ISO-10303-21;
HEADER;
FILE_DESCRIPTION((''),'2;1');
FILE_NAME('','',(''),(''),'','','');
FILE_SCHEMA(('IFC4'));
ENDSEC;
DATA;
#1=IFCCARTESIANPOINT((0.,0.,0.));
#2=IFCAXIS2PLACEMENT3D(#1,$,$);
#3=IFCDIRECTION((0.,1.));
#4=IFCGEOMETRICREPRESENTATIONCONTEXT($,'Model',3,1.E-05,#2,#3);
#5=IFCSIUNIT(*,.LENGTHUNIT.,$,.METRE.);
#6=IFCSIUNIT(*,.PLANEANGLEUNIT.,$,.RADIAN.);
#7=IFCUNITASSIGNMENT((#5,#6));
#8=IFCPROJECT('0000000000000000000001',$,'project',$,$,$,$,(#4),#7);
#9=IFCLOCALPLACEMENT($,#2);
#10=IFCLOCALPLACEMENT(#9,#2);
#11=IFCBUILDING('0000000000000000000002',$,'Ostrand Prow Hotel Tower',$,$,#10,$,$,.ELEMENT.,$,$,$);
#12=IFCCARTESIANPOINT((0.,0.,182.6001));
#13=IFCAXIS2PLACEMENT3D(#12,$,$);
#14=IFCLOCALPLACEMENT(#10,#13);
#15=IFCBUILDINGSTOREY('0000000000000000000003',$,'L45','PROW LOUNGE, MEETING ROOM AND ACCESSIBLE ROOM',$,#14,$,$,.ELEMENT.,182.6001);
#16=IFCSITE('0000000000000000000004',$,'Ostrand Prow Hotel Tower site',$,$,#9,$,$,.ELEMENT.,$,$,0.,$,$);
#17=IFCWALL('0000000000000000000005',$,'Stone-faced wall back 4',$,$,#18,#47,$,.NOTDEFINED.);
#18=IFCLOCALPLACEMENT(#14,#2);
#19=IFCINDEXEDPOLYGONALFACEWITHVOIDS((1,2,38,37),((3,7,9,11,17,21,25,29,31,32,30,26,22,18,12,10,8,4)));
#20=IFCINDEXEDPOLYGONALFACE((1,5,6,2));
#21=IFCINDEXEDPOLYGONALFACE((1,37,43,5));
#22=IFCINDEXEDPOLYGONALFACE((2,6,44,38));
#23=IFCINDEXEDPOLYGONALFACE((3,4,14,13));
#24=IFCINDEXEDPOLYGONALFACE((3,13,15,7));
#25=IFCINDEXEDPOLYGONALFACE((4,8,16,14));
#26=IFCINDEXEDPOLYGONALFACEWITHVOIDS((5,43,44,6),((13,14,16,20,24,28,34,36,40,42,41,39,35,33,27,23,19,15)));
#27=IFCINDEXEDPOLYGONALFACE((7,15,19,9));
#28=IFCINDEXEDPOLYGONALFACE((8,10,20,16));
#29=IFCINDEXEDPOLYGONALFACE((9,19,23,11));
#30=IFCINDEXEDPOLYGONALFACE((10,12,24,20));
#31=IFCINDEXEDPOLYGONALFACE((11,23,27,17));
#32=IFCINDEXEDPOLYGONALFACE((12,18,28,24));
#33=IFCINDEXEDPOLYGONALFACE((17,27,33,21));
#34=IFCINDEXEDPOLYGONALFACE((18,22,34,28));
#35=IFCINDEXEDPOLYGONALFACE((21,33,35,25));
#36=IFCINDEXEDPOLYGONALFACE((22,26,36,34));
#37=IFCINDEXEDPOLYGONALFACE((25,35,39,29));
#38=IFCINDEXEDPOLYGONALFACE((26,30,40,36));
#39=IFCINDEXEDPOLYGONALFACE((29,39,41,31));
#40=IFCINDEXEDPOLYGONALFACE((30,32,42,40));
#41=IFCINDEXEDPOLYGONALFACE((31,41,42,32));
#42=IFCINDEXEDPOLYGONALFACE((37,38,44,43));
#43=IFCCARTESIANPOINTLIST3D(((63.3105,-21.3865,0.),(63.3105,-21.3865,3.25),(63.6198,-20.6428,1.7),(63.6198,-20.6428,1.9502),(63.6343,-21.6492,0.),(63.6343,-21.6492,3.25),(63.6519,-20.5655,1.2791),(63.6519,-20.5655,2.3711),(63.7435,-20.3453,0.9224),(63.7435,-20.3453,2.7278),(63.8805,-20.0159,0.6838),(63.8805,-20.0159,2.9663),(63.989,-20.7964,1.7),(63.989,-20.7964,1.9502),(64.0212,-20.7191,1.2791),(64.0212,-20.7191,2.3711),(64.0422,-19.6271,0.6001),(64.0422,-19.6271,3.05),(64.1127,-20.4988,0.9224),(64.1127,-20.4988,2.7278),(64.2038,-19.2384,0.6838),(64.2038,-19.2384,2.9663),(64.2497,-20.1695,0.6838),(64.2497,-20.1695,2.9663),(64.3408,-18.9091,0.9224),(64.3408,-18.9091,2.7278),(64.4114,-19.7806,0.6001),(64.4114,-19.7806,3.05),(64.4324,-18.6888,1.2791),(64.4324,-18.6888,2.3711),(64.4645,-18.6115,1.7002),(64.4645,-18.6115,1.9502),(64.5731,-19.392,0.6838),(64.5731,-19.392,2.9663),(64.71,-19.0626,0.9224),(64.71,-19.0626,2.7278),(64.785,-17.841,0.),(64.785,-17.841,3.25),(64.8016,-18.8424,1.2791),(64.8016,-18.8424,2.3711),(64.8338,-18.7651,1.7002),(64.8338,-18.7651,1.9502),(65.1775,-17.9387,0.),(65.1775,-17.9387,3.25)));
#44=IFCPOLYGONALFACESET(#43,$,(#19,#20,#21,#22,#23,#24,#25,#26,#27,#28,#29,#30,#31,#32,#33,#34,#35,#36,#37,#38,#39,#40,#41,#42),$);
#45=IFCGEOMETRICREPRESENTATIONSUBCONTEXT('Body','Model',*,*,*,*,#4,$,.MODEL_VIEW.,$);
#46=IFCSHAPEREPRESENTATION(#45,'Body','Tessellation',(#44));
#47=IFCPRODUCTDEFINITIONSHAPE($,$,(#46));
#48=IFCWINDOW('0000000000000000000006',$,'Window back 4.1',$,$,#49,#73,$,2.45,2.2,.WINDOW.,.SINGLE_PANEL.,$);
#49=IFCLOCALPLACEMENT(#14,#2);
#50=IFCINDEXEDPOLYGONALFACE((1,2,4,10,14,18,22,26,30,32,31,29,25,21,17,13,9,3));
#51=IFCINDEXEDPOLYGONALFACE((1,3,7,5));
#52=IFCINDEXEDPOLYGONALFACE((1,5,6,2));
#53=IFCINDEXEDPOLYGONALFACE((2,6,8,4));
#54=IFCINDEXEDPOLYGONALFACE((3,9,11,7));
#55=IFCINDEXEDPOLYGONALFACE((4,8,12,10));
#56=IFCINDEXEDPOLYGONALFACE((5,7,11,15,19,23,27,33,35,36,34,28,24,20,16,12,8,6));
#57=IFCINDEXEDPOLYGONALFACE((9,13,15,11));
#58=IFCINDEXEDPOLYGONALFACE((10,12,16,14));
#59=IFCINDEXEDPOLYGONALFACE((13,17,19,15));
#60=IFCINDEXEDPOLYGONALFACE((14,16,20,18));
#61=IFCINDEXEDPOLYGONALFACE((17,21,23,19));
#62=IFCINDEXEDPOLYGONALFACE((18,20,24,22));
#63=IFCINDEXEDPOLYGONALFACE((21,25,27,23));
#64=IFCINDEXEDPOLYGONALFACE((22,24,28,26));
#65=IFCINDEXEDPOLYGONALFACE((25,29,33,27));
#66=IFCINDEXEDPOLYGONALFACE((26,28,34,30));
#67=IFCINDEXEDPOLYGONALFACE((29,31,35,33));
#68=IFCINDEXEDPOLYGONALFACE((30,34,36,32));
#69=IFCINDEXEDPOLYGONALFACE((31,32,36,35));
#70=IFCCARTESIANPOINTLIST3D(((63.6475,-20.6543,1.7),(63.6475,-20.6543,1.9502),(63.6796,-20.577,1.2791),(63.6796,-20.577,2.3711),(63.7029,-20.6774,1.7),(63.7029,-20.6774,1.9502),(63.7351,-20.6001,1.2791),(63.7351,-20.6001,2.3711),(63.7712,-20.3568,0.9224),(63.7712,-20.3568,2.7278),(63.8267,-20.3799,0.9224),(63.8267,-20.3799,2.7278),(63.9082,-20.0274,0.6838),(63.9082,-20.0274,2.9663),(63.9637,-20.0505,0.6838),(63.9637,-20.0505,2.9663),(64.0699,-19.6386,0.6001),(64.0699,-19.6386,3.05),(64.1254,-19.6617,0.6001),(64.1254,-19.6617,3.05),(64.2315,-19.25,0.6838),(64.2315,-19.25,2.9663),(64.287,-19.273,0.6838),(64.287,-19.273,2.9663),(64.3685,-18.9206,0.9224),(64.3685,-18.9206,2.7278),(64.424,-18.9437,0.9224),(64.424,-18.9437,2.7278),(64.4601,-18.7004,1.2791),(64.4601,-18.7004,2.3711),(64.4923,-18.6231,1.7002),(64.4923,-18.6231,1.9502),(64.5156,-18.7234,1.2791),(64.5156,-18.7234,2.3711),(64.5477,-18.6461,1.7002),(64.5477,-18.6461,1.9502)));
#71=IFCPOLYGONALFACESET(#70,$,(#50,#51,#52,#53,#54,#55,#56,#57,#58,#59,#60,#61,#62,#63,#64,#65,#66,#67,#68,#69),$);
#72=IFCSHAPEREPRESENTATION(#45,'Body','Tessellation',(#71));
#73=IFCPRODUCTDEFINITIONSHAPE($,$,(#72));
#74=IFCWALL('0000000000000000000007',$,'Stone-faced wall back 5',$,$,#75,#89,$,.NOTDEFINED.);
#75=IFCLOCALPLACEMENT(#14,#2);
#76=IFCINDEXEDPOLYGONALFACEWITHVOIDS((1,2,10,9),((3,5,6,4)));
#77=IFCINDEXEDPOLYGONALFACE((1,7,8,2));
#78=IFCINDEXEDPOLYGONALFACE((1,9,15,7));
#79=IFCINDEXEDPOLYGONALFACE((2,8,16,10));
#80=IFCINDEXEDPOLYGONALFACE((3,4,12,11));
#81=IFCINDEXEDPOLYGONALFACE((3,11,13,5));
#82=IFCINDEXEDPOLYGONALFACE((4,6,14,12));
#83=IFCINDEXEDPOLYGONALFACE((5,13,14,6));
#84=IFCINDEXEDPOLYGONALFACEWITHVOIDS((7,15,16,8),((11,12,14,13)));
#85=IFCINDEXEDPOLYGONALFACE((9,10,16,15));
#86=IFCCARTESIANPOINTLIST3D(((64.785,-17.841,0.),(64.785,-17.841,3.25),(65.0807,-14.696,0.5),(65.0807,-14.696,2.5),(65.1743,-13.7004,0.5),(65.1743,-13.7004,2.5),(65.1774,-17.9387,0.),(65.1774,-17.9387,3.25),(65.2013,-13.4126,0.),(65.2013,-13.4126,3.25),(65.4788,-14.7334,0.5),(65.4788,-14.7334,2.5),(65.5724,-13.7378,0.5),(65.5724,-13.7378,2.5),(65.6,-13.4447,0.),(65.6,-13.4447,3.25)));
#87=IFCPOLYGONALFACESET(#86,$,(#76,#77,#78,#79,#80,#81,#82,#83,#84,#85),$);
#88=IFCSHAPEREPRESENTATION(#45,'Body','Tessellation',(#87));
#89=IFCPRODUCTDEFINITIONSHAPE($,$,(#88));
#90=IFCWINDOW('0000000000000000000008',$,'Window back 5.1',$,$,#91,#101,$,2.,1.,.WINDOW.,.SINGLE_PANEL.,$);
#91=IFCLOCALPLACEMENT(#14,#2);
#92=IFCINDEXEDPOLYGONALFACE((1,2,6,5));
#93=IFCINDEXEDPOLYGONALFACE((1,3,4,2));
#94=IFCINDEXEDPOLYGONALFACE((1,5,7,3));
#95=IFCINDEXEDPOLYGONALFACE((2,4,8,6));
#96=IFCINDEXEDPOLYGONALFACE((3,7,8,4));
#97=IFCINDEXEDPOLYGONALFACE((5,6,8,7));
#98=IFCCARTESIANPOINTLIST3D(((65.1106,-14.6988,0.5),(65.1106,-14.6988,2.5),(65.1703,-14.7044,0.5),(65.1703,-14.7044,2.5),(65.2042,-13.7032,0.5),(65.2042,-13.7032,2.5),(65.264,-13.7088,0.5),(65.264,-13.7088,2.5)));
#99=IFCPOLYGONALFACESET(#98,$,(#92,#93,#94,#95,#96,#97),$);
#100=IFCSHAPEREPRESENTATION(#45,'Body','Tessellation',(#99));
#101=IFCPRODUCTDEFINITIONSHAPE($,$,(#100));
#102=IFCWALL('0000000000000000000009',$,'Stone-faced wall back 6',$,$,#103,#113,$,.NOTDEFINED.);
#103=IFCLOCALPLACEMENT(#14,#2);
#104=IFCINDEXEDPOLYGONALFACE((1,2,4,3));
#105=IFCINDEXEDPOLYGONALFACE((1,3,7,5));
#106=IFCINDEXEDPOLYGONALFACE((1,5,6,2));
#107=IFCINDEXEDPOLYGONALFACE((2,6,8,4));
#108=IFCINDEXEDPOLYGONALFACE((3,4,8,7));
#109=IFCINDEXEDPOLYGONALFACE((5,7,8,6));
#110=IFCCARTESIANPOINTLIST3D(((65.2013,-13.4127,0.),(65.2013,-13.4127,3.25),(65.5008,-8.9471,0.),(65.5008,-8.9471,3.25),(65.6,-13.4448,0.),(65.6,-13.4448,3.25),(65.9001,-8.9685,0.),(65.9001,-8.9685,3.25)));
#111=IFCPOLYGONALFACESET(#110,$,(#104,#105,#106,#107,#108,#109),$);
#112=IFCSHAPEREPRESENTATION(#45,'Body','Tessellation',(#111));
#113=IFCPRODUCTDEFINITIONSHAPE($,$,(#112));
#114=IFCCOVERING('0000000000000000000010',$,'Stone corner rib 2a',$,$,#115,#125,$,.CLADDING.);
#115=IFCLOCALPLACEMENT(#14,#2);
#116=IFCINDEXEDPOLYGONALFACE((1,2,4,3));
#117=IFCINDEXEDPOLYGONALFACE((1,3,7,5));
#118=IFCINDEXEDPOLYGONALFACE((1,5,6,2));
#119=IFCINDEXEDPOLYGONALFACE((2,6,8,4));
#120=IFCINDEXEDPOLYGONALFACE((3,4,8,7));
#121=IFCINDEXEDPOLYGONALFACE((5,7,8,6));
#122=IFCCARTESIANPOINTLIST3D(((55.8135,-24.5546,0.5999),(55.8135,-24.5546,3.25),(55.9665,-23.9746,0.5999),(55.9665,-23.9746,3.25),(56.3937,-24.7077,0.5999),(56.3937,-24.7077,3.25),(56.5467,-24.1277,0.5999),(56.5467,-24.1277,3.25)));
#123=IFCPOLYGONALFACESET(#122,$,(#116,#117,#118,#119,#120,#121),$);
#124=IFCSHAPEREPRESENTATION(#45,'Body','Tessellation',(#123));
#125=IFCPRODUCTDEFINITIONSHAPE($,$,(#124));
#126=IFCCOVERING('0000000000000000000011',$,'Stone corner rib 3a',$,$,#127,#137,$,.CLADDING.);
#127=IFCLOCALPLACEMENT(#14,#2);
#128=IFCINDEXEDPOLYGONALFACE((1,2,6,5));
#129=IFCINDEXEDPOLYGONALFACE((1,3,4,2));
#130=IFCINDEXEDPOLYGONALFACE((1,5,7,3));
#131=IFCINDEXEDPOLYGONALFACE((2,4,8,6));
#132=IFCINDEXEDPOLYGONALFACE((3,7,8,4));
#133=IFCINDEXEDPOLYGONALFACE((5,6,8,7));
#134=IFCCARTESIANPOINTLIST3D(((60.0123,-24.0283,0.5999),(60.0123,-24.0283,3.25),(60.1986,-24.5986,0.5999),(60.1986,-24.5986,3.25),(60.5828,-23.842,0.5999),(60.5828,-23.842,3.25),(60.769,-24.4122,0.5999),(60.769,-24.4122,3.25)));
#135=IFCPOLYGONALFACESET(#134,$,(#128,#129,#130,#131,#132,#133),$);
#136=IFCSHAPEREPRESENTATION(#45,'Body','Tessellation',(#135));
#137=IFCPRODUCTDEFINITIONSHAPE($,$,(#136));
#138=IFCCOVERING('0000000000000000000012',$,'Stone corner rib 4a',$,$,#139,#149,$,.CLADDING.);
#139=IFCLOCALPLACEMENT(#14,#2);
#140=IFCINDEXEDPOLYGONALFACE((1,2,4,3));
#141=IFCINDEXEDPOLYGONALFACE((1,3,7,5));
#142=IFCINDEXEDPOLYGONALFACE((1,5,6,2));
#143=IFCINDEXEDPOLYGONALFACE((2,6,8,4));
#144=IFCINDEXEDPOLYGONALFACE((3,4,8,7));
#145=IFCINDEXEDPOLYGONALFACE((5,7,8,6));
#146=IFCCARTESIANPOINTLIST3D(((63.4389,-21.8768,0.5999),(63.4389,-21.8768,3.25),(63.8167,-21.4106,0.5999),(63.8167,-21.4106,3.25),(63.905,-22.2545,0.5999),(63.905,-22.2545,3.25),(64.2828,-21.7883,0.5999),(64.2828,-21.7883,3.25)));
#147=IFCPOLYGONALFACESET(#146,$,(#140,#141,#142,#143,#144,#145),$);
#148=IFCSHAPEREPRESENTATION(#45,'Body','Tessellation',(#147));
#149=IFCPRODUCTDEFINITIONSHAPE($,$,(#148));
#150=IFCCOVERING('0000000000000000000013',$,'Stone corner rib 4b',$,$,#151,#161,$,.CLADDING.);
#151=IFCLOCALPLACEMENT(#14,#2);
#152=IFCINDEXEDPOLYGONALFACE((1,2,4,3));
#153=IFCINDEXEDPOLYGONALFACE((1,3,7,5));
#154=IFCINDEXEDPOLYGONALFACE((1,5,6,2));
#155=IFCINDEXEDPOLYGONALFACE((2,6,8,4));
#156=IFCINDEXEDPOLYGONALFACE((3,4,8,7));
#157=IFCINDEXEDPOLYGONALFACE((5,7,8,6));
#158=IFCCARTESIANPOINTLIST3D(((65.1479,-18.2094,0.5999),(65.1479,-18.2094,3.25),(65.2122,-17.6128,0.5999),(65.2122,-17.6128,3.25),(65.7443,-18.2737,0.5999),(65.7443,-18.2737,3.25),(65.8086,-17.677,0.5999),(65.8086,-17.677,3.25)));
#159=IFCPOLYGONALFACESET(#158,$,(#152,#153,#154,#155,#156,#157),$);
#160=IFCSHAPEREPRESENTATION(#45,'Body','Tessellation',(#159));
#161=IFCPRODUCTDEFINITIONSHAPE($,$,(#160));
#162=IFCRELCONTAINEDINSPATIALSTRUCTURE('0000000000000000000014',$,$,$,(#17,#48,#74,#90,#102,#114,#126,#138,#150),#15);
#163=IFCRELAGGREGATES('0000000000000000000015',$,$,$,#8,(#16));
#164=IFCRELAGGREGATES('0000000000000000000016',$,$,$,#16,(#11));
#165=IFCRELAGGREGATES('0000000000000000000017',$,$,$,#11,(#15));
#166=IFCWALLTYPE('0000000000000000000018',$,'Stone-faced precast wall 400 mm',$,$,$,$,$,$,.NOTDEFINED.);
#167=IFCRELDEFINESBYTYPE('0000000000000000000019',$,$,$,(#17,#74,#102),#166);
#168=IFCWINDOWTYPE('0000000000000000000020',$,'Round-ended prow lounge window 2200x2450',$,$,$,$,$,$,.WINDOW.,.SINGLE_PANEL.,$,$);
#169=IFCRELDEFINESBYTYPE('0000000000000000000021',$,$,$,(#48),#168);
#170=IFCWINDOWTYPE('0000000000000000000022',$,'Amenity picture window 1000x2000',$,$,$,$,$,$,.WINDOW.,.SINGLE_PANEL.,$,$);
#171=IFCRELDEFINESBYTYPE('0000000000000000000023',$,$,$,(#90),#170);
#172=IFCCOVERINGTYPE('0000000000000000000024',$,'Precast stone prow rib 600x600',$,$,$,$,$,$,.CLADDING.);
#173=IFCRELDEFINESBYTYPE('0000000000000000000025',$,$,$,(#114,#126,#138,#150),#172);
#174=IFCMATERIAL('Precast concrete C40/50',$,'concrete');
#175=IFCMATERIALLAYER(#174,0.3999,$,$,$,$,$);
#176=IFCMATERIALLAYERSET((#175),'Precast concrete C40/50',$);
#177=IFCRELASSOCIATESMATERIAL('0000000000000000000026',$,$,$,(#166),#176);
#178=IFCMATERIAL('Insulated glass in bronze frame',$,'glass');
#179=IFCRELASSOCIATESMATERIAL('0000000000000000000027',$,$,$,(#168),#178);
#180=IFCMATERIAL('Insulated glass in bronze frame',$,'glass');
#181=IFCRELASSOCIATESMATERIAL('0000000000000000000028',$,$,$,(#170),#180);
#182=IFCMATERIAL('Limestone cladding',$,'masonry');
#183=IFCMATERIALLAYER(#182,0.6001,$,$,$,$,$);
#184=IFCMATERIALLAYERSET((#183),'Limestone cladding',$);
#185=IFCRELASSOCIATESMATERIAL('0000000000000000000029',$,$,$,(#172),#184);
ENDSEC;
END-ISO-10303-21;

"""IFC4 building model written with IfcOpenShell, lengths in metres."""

from ifc_helpers import new_model, si_unit, direction, frame, frame_2d, origin, place, context, subcontext, project, spatial, polyline, rectangle, outline, extrude, material, layer, layer_set, type_object, element, fill, save


model = new_model("IFC4")

# Units and contexts
model_context = context("Model", 3, precision=1e-05, world=origin(), true_north=direction((0.0, 1.0)))
body_context = subcontext(model_context, "Body", "Model", "MODEL_VIEW")
ifc_project = project(units=[si_unit("LENGTHUNIT", "METRE"), si_unit("PLANEANGLEUNIT", "RADIAN")], contexts=[model_context])

# Site, building, storey
site_placement = place(None, origin())
site = spatial("IfcSite", under=ifc_project, at=site_placement, Name="Ostrand Prow Hotel Tower site", CompositionType="ELEMENT", RefElevation=0.0)
building_placement = place(site_placement, origin())
building = spatial("IfcBuilding", under=site, at=building_placement, Name="Ostrand Prow Hotel Tower", CompositionType="ELEMENT")
storey_placement = place(building_placement, frame((0.0, 0.0, 182.6001)))
storey = spatial("IfcBuildingStorey", under=building, at=storey_placement, Name="L45", Description="PROW LOUNGE, MEETING ROOM AND ACCESSIBLE ROOM", CompositionType="ELEMENT", Elevation=182.6001)

# Walls, openings, windows
ifc_material_1 = material(Name="Precast concrete C40/50", Category="concrete")
ifc_layer_1 = layer(ifc_material_1, 0.3999)
ifc_layer_set_1 = layer_set([ifc_layer_1], Name="Precast concrete C40/50")
wall_type_1 = type_object("IfcWallType", Name="Stone-faced precast wall 400 mm", PredefinedType="NOTDEFINED", material=ifc_layer_set_1)
ifc_material_2 = material(Name="Insulated glass in bronze frame", Category="glass")
window_type_1 = type_object("IfcWindowType", Name="Round-ended prow lounge window 2200x2450", PartitioningType="SINGLE_PANEL", PredefinedType="WINDOW", material=ifc_material_2)
wall_1_placement = place(storey_placement, frame((63.4724, -21.5178, 0.0), z_axis=(0.0, 0.0, 1.0), x_axis=(0.383998, 0.923334, 0.0)))
wall_1 = element("IfcWall", 1, at=wall_1_placement, inside=storey, type_object=wall_type_1, Name="Stone-faced wall back 4", PredefinedType="NOTDEFINED", context=body_context, shape_type="SweptSolid", body=[
    extrude(outline(polyline([(-0.0591, -0.2), (3.9595, -0.2), (3.8989, 0.2), (0.0591, 0.2), (-0.0591, -0.2)])), origin(), (0.0, 0.0, 1.0), 3.25),
])
opening_1_placement = place(wall_1_placement, frame((0.8645, 0.0, 0.6001)))
opening_1 = element("IfcOpeningElement", 2, at=opening_1_placement, cuts=wall_1, PredefinedType="OPENING", context=body_context, shape_type="SweptSolid", body=[
    extrude(outline(polyline([(0.0, 1.3501), (0.0837, 1.771), (0.3223, 2.1277), (0.679, 2.3662), (1.1001, 2.45), (1.521, 2.3662), (1.8777, 2.1277), (2.1162, 1.771), (2.2, 1.3501), (2.2, 1.1001), (2.1162, 0.679), (1.8777, 0.3223), (1.521, 0.0837), (1.1001, 0.0), (0.679, 0.0837), (0.3223, 0.3223), (0.0837, 0.679), (0.0, 1.0999), (0.0, 1.3501)])), frame((0.0, 0.21, 0.0), z_axis=(0.0, -1.0, 0.0), x_axis=(1.0, 0.0, 0.0)), (0.0, 0.0, 1.0), 0.4199),
])
window_1_placement = place(opening_1_placement, origin())
window_1 = element("IfcWindow", 3, at=window_1_placement, inside=storey, type_object=window_type_1, Name="Window back 4.1", OverallHeight=2.45, OverallWidth=2.2, PartitioningType="SINGLE_PANEL", PredefinedType="WINDOW", context=body_context, shape_type="SweptSolid", body=[
    extrude(outline(polyline([(0.0, 1.3501), (0.0837, 1.771), (0.3223, 2.1277), (0.679, 2.3662), (1.1001, 2.45), (1.521, 2.3662), (1.8777, 2.1277), (2.1162, 1.771), (2.2, 1.3501), (2.2, 1.1001), (2.1162, 0.679), (1.8777, 0.3223), (1.521, 0.0837), (1.1001, 0.0), (0.679, 0.0837), (0.3223, 0.3223), (0.0837, 0.679), (0.0, 1.0999), (0.0, 1.3501)])), frame((0.0, 0.1699, 0.0), z_axis=(0.0, -1.0, 0.0), x_axis=(1.0, 0.0, 0.0)), (0.0, 0.0, 1.0), 0.0601),
])
fill(opening_1, window_1)
wall_2_placement = place(storey_placement, frame((64.9812, -17.8899, 0.0), z_axis=(0.0, 0.0, 1.0), x_axis=(0.093606, 0.995609, 0.0)))
wall_2 = element("IfcWall", 4, at=wall_2_placement, inside=storey, type_object=wall_type_1, Name="Stone-faced wall back 5", PredefinedType="NOTDEFINED", context=body_context, shape_type="SweptSolid", body=[
    extrude(outline(polyline([(-0.0303, -0.2), (4.4836, -0.2), (4.4783, 0.2), (0.0303, 0.2), (-0.0303, -0.2)])), origin(), (0.0, 0.0, 1.0), 3.25),
])
opening_2_placement = place(wall_2_placement, frame((3.1892, 0.0, 0.5)))
opening_2 = element("IfcOpeningElement", 5, at=opening_2_placement, cuts=wall_2, PredefinedType="OPENING", context=body_context, shape_type="SweptSolid", body=[
    extrude(rectangle(XDim=1.0, YDim=2.0, at=frame_2d((0.5, 1.0))), frame((0.0, 0.21, 0.0), z_axis=(0.0, -1.0, 0.0), x_axis=(1.0, 0.0, 0.0)), (0.0, 0.0, 1.0), 0.4199),
])
ifc_material_3 = material(Name="Insulated glass in bronze frame", Category="glass")
window_type_2 = type_object("IfcWindowType", Name="Amenity picture window 1000x2000", PartitioningType="SINGLE_PANEL", PredefinedType="WINDOW", material=ifc_material_3)
window_2_placement = place(opening_2_placement, origin())
window_2 = element("IfcWindow", 6, at=window_2_placement, inside=storey, type_object=window_type_2, Name="Window back 5.1", OverallHeight=2.0, OverallWidth=1.0, PartitioningType="SINGLE_PANEL", PredefinedType="WINDOW", context=body_context, shape_type="SweptSolid", body=[
    extrude(rectangle(XDim=1.0, YDim=2.0, at=frame_2d((0.5, 1.0))), frame((0.0, 0.1699, 0.0), z_axis=(0.0, -1.0, 0.0), x_axis=(1.0, 0.0, 0.0)), (0.0, 0.0, 1.0), 0.0601),
])
fill(opening_2, window_2)

# Wall
wall_3_placement = place(storey_placement, frame((65.4006, -13.4287, 0.0), z_axis=(0.0, 0.0, 1.0), x_axis=(0.066906, 0.997759, 0.0)))
element("IfcWall", 7, at=wall_3_placement, inside=storey, type_object=wall_type_1, Name="Stone-faced wall back 6", PredefinedType="NOTDEFINED", context=body_context, shape_type="SweptSolid", body=[
    extrude(outline(polyline([(-0.0027, -0.2), (4.4836, -0.2), (4.4783, 0.2), (0.0027, 0.2), (-0.0027, -0.2)])), origin(), (0.0, 0.0, 1.0), 3.25),
])

# Coverings
ifc_material_4 = material(Name="Limestone cladding", Category="masonry")
ifc_layer_2 = layer(ifc_material_4, 0.6001)
ifc_layer_set_2 = layer_set([ifc_layer_2], Name="Limestone cladding")
covering_type = type_object("IfcCoveringType", Name="Precast stone prow rib 600x600", PredefinedType="CLADDING", material=ifc_layer_set_2)
for number, where, z_axis, x_axis, name in (
    (8, (56.2566, -24.0513, 0.5999), (0.0, 0.0, 1.0), (-0.255154, -0.9669, 0.0), "Stone corner rib 2a"),
    (9, (60.2976, -23.9353, 0.5999), (0.0, 0.0, 1.0), (0.310484, -0.950578, 0.0), "Stone corner rib 3a"),
    (10, (63.6279, -21.6438, 0.5999), (0.0, 0.0, 1.0), (0.776923, -0.629596, 0.0), "Stone corner rib 4a"),
    (11, (65.1802, -17.9111, 0.5999), (0.0, 0.0, 1.0), (0.994255, -0.107036, 0.0), "Stone corner rib 4b"),
):
    element("IfcCovering", number, at=place(storey_placement, frame(where, z_axis=z_axis, x_axis=x_axis)), inside=storey, type_object=covering_type, Name=name, PredefinedType="CLADDING", context=body_context, shape_type="SweptSolid", body=[
        extrude(rectangle(XDim=0.5999, YDim=0.6001, at=frame_2d((0.2998, 0.0))), origin(), (0.0, 0.0, 1.0), 2.6501),
    ])

save(model, "model.ifc")
